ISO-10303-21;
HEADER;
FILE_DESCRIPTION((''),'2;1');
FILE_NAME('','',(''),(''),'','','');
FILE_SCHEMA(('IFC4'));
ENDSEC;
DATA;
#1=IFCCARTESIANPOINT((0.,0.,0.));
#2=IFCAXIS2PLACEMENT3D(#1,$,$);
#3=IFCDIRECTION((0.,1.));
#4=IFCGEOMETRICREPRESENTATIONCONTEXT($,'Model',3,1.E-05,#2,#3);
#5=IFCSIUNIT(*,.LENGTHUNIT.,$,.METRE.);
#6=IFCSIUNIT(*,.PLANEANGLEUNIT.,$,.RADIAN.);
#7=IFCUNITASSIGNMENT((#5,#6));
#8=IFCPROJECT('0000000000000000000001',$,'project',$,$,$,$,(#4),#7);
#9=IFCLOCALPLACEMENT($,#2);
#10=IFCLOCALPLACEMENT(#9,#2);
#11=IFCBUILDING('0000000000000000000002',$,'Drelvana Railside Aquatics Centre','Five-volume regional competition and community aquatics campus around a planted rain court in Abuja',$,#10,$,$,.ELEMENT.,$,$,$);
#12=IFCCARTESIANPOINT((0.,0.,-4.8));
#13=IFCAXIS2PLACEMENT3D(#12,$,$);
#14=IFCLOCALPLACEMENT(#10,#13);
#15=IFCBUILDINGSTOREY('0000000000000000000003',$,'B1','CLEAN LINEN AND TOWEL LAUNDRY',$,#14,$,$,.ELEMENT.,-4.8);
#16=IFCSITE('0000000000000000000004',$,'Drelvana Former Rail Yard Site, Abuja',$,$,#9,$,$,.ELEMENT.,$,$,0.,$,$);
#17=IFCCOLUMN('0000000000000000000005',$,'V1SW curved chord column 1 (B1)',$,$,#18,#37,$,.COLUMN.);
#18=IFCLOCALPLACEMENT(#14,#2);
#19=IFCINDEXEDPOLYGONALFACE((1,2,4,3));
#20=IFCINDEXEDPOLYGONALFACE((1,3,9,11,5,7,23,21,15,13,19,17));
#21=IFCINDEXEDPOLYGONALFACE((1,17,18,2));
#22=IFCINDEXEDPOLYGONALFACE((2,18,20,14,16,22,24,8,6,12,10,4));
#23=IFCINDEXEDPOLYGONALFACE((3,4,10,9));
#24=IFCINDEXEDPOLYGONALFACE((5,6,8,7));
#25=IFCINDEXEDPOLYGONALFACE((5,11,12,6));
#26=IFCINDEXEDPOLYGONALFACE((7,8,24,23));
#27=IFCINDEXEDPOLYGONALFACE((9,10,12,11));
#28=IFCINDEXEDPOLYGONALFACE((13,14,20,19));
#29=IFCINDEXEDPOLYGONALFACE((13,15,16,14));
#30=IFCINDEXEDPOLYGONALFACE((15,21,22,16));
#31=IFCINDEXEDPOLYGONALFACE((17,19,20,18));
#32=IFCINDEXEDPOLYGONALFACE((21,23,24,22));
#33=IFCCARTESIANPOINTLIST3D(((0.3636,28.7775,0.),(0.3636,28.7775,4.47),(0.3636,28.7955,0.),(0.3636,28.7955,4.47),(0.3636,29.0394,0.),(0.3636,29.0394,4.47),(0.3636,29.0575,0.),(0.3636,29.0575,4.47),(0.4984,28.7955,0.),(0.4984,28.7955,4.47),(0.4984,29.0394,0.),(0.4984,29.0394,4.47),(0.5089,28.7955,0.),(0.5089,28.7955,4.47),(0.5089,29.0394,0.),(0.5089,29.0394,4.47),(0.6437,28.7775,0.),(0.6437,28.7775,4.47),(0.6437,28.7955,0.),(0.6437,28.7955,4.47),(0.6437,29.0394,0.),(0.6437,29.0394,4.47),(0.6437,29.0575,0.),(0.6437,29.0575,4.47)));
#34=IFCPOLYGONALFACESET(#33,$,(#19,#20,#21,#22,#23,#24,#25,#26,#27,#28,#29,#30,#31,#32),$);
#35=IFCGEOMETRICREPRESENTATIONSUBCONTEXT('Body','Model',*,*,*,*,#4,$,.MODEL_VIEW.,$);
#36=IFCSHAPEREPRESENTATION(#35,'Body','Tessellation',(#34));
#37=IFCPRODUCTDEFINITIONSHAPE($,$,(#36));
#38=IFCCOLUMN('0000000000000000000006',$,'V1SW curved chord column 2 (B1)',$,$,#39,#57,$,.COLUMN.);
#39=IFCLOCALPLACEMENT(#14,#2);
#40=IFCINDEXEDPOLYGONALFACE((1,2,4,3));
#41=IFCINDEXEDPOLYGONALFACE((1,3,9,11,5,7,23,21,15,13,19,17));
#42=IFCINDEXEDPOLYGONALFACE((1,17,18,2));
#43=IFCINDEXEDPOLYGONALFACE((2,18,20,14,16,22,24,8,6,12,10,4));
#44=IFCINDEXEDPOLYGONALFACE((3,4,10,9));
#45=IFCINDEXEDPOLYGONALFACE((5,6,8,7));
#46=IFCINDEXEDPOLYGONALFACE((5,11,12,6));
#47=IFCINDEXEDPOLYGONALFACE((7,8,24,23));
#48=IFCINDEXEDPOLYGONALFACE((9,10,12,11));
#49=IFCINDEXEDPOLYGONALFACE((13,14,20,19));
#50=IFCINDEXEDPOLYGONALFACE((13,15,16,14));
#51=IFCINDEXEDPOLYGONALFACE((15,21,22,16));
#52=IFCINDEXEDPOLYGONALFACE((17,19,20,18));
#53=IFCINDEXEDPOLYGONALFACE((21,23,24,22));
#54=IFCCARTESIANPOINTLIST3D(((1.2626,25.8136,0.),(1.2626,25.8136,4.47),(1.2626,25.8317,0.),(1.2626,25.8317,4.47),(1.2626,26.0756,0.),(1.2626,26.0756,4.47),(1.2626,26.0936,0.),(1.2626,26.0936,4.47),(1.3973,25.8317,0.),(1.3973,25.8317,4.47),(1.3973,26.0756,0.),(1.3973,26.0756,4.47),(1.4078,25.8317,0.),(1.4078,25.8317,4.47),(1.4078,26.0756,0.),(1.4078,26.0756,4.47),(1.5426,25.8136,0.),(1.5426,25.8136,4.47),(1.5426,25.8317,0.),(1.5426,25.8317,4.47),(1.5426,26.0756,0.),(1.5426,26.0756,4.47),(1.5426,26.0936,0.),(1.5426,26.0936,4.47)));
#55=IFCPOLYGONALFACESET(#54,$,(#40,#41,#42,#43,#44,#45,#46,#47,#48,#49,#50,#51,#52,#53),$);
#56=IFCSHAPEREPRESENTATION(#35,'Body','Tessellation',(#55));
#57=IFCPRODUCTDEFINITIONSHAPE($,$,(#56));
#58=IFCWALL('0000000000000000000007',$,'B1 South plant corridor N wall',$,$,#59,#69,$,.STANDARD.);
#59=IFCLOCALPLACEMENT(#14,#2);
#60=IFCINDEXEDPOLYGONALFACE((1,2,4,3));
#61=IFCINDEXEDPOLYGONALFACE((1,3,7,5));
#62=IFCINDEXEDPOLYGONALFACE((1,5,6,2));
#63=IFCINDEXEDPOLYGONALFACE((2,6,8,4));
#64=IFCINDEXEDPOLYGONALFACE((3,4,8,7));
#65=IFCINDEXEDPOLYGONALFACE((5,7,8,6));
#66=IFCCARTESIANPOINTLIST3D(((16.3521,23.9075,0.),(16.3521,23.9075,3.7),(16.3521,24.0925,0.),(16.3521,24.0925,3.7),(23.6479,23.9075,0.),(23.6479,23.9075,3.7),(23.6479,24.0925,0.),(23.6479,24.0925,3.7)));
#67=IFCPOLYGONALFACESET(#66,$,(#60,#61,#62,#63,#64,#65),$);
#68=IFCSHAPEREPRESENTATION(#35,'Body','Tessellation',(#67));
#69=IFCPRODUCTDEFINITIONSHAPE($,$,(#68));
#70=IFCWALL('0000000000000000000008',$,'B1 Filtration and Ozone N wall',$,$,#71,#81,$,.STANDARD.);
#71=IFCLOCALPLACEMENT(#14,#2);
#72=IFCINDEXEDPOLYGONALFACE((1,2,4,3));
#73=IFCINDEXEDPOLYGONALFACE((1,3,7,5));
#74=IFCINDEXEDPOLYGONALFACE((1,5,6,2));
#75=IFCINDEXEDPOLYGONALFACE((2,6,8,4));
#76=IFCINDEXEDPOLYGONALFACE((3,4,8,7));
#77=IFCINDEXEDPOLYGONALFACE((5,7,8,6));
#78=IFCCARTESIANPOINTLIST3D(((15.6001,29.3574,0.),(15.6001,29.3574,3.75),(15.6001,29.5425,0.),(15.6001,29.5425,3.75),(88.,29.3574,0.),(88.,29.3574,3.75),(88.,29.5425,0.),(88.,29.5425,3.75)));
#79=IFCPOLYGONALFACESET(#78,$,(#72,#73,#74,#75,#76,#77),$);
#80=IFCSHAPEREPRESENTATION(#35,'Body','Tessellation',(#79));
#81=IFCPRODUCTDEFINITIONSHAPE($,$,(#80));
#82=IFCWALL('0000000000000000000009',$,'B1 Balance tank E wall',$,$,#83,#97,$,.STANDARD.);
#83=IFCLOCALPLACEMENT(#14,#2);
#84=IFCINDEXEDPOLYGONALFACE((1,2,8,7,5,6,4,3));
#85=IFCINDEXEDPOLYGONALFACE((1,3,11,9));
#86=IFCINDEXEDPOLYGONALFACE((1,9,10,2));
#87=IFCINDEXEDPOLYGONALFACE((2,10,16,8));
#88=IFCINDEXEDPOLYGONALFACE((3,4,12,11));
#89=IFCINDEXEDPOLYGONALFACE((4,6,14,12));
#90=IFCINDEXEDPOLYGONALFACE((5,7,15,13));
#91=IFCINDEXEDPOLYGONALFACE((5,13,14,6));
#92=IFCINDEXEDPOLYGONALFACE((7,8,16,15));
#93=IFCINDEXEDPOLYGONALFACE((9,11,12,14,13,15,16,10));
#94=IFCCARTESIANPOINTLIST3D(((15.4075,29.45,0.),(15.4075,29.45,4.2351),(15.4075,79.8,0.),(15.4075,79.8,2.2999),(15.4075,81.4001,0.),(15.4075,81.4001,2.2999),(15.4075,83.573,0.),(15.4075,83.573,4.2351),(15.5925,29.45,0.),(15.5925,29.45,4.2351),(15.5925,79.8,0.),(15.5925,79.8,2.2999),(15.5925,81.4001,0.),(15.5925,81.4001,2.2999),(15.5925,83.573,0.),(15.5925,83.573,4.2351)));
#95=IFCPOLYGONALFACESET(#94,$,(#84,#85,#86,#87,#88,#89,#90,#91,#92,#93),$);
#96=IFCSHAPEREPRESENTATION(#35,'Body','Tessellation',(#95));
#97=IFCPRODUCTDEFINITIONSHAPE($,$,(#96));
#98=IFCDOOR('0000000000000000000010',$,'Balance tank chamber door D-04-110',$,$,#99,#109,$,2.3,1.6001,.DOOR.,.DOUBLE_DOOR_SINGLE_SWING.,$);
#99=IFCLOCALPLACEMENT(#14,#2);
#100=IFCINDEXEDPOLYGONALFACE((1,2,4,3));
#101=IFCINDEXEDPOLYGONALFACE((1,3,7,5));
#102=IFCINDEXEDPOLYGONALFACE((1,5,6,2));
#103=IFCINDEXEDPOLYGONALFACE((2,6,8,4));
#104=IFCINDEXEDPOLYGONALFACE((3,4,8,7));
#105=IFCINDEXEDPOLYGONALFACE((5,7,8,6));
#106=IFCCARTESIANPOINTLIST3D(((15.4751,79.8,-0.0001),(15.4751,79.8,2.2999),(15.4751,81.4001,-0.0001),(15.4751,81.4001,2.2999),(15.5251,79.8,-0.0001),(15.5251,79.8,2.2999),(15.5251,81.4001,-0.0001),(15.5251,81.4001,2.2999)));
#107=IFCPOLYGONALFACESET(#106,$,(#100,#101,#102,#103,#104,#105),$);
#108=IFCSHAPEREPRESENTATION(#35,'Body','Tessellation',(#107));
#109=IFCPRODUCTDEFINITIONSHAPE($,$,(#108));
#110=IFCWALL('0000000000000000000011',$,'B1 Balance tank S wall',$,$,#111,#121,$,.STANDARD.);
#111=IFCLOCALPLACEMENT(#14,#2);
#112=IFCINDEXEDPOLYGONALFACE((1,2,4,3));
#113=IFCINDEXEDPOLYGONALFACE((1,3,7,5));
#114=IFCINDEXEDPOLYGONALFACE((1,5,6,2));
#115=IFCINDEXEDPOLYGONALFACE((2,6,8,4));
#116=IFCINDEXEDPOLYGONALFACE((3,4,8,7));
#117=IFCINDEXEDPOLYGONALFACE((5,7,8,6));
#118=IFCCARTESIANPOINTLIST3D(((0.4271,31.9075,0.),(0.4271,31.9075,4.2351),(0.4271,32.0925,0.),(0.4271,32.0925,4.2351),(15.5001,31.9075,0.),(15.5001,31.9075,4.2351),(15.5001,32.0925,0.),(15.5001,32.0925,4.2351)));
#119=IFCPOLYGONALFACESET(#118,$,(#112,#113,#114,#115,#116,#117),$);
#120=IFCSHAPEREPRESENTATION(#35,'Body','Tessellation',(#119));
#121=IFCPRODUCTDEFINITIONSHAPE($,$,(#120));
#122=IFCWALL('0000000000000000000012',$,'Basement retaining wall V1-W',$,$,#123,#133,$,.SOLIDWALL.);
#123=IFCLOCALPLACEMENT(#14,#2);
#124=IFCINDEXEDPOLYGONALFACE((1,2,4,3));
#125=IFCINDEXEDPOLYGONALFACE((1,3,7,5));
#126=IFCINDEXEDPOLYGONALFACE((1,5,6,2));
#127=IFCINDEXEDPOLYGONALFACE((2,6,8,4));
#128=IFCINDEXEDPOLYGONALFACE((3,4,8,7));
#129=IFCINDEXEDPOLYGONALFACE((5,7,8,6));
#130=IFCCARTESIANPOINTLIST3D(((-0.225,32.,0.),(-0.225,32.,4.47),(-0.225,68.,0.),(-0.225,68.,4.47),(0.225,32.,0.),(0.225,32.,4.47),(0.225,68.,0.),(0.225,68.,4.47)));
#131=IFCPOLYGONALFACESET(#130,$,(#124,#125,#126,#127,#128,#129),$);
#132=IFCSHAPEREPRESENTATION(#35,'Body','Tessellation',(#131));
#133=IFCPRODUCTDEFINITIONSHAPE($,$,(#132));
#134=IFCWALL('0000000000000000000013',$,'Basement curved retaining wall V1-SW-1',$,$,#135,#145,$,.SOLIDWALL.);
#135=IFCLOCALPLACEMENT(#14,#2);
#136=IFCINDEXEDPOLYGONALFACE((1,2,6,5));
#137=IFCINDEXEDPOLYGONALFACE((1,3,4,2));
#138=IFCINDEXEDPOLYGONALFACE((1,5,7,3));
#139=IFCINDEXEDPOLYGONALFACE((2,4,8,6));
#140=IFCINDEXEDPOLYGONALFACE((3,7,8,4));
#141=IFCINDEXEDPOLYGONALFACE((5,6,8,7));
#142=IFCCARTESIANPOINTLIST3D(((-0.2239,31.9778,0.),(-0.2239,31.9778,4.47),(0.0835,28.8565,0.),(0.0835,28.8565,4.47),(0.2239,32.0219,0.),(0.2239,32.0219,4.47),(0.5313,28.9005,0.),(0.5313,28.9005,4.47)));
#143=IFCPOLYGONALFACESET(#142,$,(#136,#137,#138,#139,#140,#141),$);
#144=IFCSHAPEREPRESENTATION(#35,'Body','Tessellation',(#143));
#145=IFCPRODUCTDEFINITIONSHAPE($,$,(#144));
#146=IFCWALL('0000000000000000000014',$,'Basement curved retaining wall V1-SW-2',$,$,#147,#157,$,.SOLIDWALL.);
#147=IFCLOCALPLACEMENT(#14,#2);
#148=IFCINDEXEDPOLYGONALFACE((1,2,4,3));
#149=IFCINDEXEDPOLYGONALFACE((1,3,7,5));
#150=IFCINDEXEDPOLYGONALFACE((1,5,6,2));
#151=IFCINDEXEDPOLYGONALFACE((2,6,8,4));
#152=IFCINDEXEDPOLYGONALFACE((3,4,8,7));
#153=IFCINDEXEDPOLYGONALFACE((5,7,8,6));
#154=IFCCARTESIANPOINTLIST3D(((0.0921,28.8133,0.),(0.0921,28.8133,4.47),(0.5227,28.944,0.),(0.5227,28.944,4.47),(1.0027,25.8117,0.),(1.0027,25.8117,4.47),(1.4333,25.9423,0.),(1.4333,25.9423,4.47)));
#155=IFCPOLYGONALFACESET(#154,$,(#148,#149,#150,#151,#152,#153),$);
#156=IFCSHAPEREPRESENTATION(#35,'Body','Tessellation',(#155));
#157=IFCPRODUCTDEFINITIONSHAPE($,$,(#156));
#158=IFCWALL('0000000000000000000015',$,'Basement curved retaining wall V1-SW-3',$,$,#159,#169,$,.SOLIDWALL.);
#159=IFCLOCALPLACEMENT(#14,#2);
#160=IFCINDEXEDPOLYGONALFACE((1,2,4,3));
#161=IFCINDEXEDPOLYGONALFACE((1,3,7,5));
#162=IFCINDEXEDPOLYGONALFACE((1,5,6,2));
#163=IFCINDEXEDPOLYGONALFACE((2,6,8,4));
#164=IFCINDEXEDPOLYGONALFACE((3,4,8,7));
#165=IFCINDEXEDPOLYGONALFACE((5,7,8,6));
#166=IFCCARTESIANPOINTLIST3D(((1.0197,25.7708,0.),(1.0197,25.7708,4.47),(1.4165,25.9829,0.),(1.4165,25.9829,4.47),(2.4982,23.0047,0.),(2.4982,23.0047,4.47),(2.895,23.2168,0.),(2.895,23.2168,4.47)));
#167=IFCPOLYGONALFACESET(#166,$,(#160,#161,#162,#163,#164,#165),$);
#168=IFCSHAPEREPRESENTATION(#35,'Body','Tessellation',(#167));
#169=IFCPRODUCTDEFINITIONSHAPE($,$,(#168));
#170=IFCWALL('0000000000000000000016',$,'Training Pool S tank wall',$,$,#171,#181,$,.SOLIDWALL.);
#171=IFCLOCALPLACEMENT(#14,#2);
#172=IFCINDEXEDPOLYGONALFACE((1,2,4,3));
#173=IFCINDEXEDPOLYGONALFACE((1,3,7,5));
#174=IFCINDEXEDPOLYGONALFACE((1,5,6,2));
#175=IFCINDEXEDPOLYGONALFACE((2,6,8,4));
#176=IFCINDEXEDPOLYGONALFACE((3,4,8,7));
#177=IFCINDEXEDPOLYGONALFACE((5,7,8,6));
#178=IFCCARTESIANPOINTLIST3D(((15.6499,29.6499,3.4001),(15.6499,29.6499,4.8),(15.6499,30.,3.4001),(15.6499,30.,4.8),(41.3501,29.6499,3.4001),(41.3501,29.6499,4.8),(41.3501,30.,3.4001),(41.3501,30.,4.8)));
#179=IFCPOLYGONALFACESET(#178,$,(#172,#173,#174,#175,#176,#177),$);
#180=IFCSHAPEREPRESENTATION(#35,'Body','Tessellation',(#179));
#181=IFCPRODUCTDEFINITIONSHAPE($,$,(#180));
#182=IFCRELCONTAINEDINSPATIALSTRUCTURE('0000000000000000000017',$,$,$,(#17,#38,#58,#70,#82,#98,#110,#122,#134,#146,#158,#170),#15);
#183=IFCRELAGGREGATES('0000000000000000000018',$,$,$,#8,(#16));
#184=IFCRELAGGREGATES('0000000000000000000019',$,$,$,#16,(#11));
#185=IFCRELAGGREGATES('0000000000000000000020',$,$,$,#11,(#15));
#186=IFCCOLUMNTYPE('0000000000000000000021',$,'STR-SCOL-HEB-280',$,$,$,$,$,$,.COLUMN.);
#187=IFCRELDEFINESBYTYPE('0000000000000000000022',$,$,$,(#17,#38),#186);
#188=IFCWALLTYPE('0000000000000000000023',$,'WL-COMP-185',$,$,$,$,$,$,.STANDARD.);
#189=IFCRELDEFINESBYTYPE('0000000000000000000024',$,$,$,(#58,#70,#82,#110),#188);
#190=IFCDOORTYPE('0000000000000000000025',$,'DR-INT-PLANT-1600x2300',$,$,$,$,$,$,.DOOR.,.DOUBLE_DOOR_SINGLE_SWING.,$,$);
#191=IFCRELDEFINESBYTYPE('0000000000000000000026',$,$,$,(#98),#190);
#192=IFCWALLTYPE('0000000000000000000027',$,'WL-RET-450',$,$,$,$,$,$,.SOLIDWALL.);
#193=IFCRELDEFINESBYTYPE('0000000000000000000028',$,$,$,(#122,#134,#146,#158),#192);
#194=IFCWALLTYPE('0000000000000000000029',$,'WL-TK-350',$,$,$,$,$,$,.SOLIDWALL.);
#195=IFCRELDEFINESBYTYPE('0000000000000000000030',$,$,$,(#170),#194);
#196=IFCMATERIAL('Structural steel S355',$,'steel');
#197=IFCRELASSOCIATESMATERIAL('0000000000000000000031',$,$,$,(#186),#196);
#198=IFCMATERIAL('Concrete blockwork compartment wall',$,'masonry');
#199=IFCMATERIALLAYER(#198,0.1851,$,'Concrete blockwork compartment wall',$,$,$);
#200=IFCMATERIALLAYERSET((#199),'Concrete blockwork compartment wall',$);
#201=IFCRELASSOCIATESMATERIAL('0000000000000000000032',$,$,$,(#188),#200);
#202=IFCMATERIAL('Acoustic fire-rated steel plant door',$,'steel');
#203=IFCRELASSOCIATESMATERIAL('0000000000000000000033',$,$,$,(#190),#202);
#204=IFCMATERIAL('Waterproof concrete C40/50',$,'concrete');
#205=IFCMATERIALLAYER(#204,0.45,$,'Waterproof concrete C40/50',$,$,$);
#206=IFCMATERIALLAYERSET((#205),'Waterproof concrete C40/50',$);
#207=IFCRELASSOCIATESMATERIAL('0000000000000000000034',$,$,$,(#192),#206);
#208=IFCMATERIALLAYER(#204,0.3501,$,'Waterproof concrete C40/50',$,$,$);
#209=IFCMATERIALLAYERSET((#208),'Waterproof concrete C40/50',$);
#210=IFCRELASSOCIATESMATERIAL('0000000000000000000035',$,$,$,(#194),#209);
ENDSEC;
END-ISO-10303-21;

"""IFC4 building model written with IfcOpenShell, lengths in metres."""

from ifc_helpers import new_model, si_unit, direction, frame, frame_2d, origin, origin_2d, place, context, subcontext, project, spatial, rectangle, i_section, extrude, material, layer, layer_set, material_profile, profile_set, type_object, element, fill, save


model = new_model("IFC4")

# Units and contexts
model_context = context("Model", 3, precision=1e-05, world=origin(), true_north=direction((0.0, 1.0)))
body_context = subcontext(model_context, "Body", "Model", "MODEL_VIEW")
ifc_project = project(units=[si_unit("LENGTHUNIT", "METRE"), si_unit("PLANEANGLEUNIT", "RADIAN")], contexts=[model_context])

# Site, building, storey
site_placement = place(None, origin())
site = spatial("IfcSite", under=ifc_project, at=site_placement, Name="Drelvana Former Rail Yard Site, Abuja", CompositionType="ELEMENT", RefElevation=0.0)
building_placement = place(site_placement, origin())
building = spatial("IfcBuilding", under=site, at=building_placement, Name="Drelvana Railside Aquatics Centre", Description="Five-volume regional competition and community aquatics campus around a planted rain court in Abuja", CompositionType="ELEMENT")
storey_placement = place(building_placement, frame((0.0, 0.0, -4.8)))
storey = spatial("IfcBuildingStorey", under=building, at=storey_placement, Name="B1", Description="CLEAN LINEN AND TOWEL LAUNDRY", CompositionType="ELEMENT", Elevation=-4.8)

# Columns
ifc_material_1 = material(Name="Structural steel S355", Category="steel")
ifc_material_profile_1 = material_profile(ifc_material_1, i_section(OverallWidth=0.28, OverallDepth=0.28, WebThickness=0.0105, FlangeThickness=0.0181, at=origin_2d()), Name="HEB 280")
ifc_profile_set_1 = profile_set([ifc_material_profile_1], Name="Structural steel S355")
column_type_1 = type_object("IfcColumnType", Name="STR-SCOL-HEB-280", PredefinedType="COLUMN", material=ifc_profile_set_1)
for number, where, z_axis, x_axis, name in (
    (1, (0.5037, 28.9175, 0.0), (0.0, 0.0, 1.0), (1.0, 0.0, 0.0), "V1SW curved chord column 1 (B1)"),
    (2, (1.4026, 25.9536, 0.0), (0.0, 0.0, 1.0), (1.0, 0.0, 0.0), "V1SW curved chord column 2 (B1)"),
):
    element("IfcColumn", number, at=place(storey_placement, frame(where, z_axis=z_axis, x_axis=x_axis)), inside=storey, type_object=column_type_1, Name=name, PredefinedType="COLUMN", context=body_context, shape_type="SweptSolid", body=[
        extrude(i_section(OverallWidth=0.28, OverallDepth=0.28, WebThickness=0.0105, FlangeThickness=0.0181, at=origin_2d()), origin(), (0.0, 0.0, 1.0), 4.47),
    ])

# Walls
ifc_material_2 = material(Name="Concrete blockwork compartment wall", Category="masonry")
ifc_layer_1 = layer(ifc_material_2, 0.1851, Name="Concrete blockwork compartment wall")
ifc_layer_set_1 = layer_set([ifc_layer_1], Name="Concrete blockwork compartment wall")
wall_type_1 = type_object("IfcWallType", Name="WL-COMP-185", PredefinedType="STANDARD", material=ifc_layer_set_1)
wall_1_placement = place(storey_placement, frame((16.3521, 24.0, 0.0), z_axis=(0.0, 0.0, 1.0), x_axis=(1.0, 0.0, 0.0)))
element("IfcWall", 3, at=wall_1_placement, inside=storey, type_object=wall_type_1, Name="B1 South plant corridor N wall", PredefinedType="STANDARD", context=body_context, shape_type="SweptSolid", body=[
    extrude(rectangle(XDim=7.2959, YDim=0.1851, at=frame_2d((3.6479, 0.0))), origin(), (0.0, 0.0, 1.0), 3.7),
])
wall_2_placement = place(storey_placement, frame((15.6001, 29.45, 0.0), z_axis=(0.0, 0.0, 1.0), x_axis=(1.0, 0.0, 0.0)))
element("IfcWall", 4, at=wall_2_placement, inside=storey, type_object=wall_type_1, Name="B1 Filtration and Ozone N wall", PredefinedType="STANDARD", context=body_context, shape_type="SweptSolid", body=[
    extrude(rectangle(XDim=72.3999, YDim=0.1851, at=frame_2d((36.2, 0.0))), origin(), (0.0, 0.0, 1.0), 3.75),
])

# Wall, opening, door
wall_3_placement = place(storey_placement, frame((15.5, 29.45, 0.0), z_axis=(0.0, 0.0, 1.0), x_axis=(0.0, 1.0, 0.0)))
wall_3 = element("IfcWall", 5, at=wall_3_placement, inside=storey, type_object=wall_type_1, Name="B1 Balance tank E wall", PredefinedType="STANDARD", context=body_context, shape_type="SweptSolid", body=[
    extrude(rectangle(XDim=54.123, YDim=0.1851, at=frame_2d((27.0615, 0.0))), origin(), (0.0, 0.0, 1.0), 4.2351),
])
opening_placement = place(wall_3_placement, frame((50.3501, 0.0, 0.0)))
opening = element("IfcOpeningElement", 6, at=opening_placement, cuts=wall_3, PredefinedType="OPENING", context=body_context, shape_type="SweptSolid", body=[
    extrude(rectangle(XDim=1.6001, YDim=2.3, at=frame_2d((0.8, 1.1499))), frame((0.0, 0.1025, 0.0), z_axis=(0.0, -1.0, 0.0), x_axis=(1.0, 0.0, 0.0)), (0.0, 0.0, 1.0), 0.2051),
])
ifc_material_3 = material(Name="Acoustic fire-rated steel plant door", Category="steel")
door_type = type_object("IfcDoorType", Name="DR-INT-PLANT-1600x2300", OperationType="DOUBLE_DOOR_SINGLE_SWING", PredefinedType="DOOR", material=ifc_material_3)
door_placement = place(opening_placement, origin())
door = element("IfcDoor", 7, at=door_placement, inside=storey, type_object=door_type, Name="Balance tank chamber door D-04-110", OperationType="DOUBLE_DOOR_SINGLE_SWING", OverallHeight=2.3, OverallWidth=1.6001, PredefinedType="DOOR", context=body_context, shape_type="SweptSolid", body=[
    extrude(rectangle(XDim=1.6001, YDim=2.3, at=frame_2d((0.8, 1.1499))), frame((0.0, 0.0249, 0.0), z_axis=(0.0, -1.0, 0.0), x_axis=(1.0, 0.0, 0.0)), (0.0, 0.0, 1.0), 0.05),
])
fill(opening, door)

# Walls
wall_4_placement = place(storey_placement, frame((0.427, 32.0, 0.0), z_axis=(0.0, 0.0, 1.0), x_axis=(1.0, 0.0, 0.0)))
element("IfcWall", 8, at=wall_4_placement, inside=storey, type_object=wall_type_1, Name="B1 Balance tank S wall", PredefinedType="STANDARD", context=body_context, shape_type="SweptSolid", body=[
    extrude(rectangle(XDim=15.073, YDim=0.1851, at=frame_2d((7.5366, 0.0))), origin(), (0.0, 0.0, 1.0), 4.2351),
])
ifc_material_4 = material(Name="Waterproof concrete C40/50", Category="concrete")
ifc_layer_2 = layer(ifc_material_4, 0.45, Name="Waterproof concrete C40/50")
ifc_layer_set_2 = layer_set([ifc_layer_2], Name="Waterproof concrete C40/50")
wall_type_2 = type_object("IfcWallType", Name="WL-RET-450", PredefinedType="SOLIDWALL", material=ifc_layer_set_2)
wall_5_placement = place(storey_placement, frame((0.0, 32.0, 0.0), z_axis=(0.0, 0.0, 1.0), x_axis=(0.0, 1.0, 0.0)))
element("IfcWall", 9, at=wall_5_placement, inside=storey, type_object=wall_type_2, Name="Basement retaining wall V1-W", PredefinedType="SOLIDWALL", context=body_context, shape_type="SweptSolid", body=[
    extrude(rectangle(XDim=36.0, YDim=0.45, at=frame_2d((18.0, 0.0))), origin(), (0.0, 0.0, 1.0), 4.47),
])
wall_6_placement = place(storey_placement, frame((0.0, 32.0, 0.0), z_axis=(0.0, 0.0, 1.0), x_axis=(0.098001, -0.995186, 0.0)))
element("IfcWall", 10, at=wall_6_placement, inside=storey, type_object=wall_type_2, Name="Basement curved retaining wall V1-SW-1", PredefinedType="SOLIDWALL", context=body_context, shape_type="SweptSolid", body=[
    extrude(rectangle(XDim=3.1365, YDim=0.45, at=frame_2d((1.5684, 0.0))), origin(), (0.0, 0.0, 1.0), 4.47),
])
wall_7_placement = place(storey_placement, frame((0.3074, 28.8787, 0.0), z_axis=(0.0, 0.0, 1.0), x_axis=(0.29031, -0.956933, 0.0)))
element("IfcWall", 11, at=wall_7_placement, inside=storey, type_object=wall_type_2, Name="Basement curved retaining wall V1-SW-2", PredefinedType="SOLIDWALL", context=body_context, shape_type="SweptSolid", body=[
    extrude(rectangle(XDim=3.1367, YDim=0.45, at=frame_2d((1.5684, 0.0))), origin(), (0.0, 0.0, 1.0), 4.47),
])
wall_8_placement = place(storey_placement, frame((1.218, 25.877, 0.0), z_axis=(0.0, 0.0, 1.0), x_axis=(0.471396, -0.881922, 0.0)))
element("IfcWall", 12, at=wall_8_placement, inside=storey, type_object=wall_type_2, Name="Basement curved retaining wall V1-SW-3", PredefinedType="SOLIDWALL", context=body_context, shape_type="SweptSolid", body=[
    extrude(rectangle(XDim=3.1365, YDim=0.45, at=frame_2d((1.5684, 0.0))), origin(), (0.0, 0.0, 1.0), 4.47),
])
ifc_layer_3 = layer(ifc_material_4, 0.3501, Name="Waterproof concrete C40/50")
ifc_layer_set_3 = layer_set([ifc_layer_3], Name="Waterproof concrete C40/50")
wall_type_3 = type_object("IfcWallType", Name="WL-TK-350", PredefinedType="SOLIDWALL", material=ifc_layer_set_3)
wall_9_placement = place(storey_placement, frame((15.6499, 29.825, 3.4001), z_axis=(0.0, 0.0, 1.0), x_axis=(1.0, 0.0, 0.0)))
element("IfcWall", 13, at=wall_9_placement, inside=storey, type_object=wall_type_3, Name="Training Pool S tank wall", PredefinedType="SOLIDWALL", context=body_context, shape_type="SweptSolid", body=[
    extrude(rectangle(XDim=25.7002, YDim=0.3501, at=frame_2d((12.8501, 0.0))), origin(), (0.0, 0.0, 1.0), 1.3999),
])

save(model, "model.ifc")
